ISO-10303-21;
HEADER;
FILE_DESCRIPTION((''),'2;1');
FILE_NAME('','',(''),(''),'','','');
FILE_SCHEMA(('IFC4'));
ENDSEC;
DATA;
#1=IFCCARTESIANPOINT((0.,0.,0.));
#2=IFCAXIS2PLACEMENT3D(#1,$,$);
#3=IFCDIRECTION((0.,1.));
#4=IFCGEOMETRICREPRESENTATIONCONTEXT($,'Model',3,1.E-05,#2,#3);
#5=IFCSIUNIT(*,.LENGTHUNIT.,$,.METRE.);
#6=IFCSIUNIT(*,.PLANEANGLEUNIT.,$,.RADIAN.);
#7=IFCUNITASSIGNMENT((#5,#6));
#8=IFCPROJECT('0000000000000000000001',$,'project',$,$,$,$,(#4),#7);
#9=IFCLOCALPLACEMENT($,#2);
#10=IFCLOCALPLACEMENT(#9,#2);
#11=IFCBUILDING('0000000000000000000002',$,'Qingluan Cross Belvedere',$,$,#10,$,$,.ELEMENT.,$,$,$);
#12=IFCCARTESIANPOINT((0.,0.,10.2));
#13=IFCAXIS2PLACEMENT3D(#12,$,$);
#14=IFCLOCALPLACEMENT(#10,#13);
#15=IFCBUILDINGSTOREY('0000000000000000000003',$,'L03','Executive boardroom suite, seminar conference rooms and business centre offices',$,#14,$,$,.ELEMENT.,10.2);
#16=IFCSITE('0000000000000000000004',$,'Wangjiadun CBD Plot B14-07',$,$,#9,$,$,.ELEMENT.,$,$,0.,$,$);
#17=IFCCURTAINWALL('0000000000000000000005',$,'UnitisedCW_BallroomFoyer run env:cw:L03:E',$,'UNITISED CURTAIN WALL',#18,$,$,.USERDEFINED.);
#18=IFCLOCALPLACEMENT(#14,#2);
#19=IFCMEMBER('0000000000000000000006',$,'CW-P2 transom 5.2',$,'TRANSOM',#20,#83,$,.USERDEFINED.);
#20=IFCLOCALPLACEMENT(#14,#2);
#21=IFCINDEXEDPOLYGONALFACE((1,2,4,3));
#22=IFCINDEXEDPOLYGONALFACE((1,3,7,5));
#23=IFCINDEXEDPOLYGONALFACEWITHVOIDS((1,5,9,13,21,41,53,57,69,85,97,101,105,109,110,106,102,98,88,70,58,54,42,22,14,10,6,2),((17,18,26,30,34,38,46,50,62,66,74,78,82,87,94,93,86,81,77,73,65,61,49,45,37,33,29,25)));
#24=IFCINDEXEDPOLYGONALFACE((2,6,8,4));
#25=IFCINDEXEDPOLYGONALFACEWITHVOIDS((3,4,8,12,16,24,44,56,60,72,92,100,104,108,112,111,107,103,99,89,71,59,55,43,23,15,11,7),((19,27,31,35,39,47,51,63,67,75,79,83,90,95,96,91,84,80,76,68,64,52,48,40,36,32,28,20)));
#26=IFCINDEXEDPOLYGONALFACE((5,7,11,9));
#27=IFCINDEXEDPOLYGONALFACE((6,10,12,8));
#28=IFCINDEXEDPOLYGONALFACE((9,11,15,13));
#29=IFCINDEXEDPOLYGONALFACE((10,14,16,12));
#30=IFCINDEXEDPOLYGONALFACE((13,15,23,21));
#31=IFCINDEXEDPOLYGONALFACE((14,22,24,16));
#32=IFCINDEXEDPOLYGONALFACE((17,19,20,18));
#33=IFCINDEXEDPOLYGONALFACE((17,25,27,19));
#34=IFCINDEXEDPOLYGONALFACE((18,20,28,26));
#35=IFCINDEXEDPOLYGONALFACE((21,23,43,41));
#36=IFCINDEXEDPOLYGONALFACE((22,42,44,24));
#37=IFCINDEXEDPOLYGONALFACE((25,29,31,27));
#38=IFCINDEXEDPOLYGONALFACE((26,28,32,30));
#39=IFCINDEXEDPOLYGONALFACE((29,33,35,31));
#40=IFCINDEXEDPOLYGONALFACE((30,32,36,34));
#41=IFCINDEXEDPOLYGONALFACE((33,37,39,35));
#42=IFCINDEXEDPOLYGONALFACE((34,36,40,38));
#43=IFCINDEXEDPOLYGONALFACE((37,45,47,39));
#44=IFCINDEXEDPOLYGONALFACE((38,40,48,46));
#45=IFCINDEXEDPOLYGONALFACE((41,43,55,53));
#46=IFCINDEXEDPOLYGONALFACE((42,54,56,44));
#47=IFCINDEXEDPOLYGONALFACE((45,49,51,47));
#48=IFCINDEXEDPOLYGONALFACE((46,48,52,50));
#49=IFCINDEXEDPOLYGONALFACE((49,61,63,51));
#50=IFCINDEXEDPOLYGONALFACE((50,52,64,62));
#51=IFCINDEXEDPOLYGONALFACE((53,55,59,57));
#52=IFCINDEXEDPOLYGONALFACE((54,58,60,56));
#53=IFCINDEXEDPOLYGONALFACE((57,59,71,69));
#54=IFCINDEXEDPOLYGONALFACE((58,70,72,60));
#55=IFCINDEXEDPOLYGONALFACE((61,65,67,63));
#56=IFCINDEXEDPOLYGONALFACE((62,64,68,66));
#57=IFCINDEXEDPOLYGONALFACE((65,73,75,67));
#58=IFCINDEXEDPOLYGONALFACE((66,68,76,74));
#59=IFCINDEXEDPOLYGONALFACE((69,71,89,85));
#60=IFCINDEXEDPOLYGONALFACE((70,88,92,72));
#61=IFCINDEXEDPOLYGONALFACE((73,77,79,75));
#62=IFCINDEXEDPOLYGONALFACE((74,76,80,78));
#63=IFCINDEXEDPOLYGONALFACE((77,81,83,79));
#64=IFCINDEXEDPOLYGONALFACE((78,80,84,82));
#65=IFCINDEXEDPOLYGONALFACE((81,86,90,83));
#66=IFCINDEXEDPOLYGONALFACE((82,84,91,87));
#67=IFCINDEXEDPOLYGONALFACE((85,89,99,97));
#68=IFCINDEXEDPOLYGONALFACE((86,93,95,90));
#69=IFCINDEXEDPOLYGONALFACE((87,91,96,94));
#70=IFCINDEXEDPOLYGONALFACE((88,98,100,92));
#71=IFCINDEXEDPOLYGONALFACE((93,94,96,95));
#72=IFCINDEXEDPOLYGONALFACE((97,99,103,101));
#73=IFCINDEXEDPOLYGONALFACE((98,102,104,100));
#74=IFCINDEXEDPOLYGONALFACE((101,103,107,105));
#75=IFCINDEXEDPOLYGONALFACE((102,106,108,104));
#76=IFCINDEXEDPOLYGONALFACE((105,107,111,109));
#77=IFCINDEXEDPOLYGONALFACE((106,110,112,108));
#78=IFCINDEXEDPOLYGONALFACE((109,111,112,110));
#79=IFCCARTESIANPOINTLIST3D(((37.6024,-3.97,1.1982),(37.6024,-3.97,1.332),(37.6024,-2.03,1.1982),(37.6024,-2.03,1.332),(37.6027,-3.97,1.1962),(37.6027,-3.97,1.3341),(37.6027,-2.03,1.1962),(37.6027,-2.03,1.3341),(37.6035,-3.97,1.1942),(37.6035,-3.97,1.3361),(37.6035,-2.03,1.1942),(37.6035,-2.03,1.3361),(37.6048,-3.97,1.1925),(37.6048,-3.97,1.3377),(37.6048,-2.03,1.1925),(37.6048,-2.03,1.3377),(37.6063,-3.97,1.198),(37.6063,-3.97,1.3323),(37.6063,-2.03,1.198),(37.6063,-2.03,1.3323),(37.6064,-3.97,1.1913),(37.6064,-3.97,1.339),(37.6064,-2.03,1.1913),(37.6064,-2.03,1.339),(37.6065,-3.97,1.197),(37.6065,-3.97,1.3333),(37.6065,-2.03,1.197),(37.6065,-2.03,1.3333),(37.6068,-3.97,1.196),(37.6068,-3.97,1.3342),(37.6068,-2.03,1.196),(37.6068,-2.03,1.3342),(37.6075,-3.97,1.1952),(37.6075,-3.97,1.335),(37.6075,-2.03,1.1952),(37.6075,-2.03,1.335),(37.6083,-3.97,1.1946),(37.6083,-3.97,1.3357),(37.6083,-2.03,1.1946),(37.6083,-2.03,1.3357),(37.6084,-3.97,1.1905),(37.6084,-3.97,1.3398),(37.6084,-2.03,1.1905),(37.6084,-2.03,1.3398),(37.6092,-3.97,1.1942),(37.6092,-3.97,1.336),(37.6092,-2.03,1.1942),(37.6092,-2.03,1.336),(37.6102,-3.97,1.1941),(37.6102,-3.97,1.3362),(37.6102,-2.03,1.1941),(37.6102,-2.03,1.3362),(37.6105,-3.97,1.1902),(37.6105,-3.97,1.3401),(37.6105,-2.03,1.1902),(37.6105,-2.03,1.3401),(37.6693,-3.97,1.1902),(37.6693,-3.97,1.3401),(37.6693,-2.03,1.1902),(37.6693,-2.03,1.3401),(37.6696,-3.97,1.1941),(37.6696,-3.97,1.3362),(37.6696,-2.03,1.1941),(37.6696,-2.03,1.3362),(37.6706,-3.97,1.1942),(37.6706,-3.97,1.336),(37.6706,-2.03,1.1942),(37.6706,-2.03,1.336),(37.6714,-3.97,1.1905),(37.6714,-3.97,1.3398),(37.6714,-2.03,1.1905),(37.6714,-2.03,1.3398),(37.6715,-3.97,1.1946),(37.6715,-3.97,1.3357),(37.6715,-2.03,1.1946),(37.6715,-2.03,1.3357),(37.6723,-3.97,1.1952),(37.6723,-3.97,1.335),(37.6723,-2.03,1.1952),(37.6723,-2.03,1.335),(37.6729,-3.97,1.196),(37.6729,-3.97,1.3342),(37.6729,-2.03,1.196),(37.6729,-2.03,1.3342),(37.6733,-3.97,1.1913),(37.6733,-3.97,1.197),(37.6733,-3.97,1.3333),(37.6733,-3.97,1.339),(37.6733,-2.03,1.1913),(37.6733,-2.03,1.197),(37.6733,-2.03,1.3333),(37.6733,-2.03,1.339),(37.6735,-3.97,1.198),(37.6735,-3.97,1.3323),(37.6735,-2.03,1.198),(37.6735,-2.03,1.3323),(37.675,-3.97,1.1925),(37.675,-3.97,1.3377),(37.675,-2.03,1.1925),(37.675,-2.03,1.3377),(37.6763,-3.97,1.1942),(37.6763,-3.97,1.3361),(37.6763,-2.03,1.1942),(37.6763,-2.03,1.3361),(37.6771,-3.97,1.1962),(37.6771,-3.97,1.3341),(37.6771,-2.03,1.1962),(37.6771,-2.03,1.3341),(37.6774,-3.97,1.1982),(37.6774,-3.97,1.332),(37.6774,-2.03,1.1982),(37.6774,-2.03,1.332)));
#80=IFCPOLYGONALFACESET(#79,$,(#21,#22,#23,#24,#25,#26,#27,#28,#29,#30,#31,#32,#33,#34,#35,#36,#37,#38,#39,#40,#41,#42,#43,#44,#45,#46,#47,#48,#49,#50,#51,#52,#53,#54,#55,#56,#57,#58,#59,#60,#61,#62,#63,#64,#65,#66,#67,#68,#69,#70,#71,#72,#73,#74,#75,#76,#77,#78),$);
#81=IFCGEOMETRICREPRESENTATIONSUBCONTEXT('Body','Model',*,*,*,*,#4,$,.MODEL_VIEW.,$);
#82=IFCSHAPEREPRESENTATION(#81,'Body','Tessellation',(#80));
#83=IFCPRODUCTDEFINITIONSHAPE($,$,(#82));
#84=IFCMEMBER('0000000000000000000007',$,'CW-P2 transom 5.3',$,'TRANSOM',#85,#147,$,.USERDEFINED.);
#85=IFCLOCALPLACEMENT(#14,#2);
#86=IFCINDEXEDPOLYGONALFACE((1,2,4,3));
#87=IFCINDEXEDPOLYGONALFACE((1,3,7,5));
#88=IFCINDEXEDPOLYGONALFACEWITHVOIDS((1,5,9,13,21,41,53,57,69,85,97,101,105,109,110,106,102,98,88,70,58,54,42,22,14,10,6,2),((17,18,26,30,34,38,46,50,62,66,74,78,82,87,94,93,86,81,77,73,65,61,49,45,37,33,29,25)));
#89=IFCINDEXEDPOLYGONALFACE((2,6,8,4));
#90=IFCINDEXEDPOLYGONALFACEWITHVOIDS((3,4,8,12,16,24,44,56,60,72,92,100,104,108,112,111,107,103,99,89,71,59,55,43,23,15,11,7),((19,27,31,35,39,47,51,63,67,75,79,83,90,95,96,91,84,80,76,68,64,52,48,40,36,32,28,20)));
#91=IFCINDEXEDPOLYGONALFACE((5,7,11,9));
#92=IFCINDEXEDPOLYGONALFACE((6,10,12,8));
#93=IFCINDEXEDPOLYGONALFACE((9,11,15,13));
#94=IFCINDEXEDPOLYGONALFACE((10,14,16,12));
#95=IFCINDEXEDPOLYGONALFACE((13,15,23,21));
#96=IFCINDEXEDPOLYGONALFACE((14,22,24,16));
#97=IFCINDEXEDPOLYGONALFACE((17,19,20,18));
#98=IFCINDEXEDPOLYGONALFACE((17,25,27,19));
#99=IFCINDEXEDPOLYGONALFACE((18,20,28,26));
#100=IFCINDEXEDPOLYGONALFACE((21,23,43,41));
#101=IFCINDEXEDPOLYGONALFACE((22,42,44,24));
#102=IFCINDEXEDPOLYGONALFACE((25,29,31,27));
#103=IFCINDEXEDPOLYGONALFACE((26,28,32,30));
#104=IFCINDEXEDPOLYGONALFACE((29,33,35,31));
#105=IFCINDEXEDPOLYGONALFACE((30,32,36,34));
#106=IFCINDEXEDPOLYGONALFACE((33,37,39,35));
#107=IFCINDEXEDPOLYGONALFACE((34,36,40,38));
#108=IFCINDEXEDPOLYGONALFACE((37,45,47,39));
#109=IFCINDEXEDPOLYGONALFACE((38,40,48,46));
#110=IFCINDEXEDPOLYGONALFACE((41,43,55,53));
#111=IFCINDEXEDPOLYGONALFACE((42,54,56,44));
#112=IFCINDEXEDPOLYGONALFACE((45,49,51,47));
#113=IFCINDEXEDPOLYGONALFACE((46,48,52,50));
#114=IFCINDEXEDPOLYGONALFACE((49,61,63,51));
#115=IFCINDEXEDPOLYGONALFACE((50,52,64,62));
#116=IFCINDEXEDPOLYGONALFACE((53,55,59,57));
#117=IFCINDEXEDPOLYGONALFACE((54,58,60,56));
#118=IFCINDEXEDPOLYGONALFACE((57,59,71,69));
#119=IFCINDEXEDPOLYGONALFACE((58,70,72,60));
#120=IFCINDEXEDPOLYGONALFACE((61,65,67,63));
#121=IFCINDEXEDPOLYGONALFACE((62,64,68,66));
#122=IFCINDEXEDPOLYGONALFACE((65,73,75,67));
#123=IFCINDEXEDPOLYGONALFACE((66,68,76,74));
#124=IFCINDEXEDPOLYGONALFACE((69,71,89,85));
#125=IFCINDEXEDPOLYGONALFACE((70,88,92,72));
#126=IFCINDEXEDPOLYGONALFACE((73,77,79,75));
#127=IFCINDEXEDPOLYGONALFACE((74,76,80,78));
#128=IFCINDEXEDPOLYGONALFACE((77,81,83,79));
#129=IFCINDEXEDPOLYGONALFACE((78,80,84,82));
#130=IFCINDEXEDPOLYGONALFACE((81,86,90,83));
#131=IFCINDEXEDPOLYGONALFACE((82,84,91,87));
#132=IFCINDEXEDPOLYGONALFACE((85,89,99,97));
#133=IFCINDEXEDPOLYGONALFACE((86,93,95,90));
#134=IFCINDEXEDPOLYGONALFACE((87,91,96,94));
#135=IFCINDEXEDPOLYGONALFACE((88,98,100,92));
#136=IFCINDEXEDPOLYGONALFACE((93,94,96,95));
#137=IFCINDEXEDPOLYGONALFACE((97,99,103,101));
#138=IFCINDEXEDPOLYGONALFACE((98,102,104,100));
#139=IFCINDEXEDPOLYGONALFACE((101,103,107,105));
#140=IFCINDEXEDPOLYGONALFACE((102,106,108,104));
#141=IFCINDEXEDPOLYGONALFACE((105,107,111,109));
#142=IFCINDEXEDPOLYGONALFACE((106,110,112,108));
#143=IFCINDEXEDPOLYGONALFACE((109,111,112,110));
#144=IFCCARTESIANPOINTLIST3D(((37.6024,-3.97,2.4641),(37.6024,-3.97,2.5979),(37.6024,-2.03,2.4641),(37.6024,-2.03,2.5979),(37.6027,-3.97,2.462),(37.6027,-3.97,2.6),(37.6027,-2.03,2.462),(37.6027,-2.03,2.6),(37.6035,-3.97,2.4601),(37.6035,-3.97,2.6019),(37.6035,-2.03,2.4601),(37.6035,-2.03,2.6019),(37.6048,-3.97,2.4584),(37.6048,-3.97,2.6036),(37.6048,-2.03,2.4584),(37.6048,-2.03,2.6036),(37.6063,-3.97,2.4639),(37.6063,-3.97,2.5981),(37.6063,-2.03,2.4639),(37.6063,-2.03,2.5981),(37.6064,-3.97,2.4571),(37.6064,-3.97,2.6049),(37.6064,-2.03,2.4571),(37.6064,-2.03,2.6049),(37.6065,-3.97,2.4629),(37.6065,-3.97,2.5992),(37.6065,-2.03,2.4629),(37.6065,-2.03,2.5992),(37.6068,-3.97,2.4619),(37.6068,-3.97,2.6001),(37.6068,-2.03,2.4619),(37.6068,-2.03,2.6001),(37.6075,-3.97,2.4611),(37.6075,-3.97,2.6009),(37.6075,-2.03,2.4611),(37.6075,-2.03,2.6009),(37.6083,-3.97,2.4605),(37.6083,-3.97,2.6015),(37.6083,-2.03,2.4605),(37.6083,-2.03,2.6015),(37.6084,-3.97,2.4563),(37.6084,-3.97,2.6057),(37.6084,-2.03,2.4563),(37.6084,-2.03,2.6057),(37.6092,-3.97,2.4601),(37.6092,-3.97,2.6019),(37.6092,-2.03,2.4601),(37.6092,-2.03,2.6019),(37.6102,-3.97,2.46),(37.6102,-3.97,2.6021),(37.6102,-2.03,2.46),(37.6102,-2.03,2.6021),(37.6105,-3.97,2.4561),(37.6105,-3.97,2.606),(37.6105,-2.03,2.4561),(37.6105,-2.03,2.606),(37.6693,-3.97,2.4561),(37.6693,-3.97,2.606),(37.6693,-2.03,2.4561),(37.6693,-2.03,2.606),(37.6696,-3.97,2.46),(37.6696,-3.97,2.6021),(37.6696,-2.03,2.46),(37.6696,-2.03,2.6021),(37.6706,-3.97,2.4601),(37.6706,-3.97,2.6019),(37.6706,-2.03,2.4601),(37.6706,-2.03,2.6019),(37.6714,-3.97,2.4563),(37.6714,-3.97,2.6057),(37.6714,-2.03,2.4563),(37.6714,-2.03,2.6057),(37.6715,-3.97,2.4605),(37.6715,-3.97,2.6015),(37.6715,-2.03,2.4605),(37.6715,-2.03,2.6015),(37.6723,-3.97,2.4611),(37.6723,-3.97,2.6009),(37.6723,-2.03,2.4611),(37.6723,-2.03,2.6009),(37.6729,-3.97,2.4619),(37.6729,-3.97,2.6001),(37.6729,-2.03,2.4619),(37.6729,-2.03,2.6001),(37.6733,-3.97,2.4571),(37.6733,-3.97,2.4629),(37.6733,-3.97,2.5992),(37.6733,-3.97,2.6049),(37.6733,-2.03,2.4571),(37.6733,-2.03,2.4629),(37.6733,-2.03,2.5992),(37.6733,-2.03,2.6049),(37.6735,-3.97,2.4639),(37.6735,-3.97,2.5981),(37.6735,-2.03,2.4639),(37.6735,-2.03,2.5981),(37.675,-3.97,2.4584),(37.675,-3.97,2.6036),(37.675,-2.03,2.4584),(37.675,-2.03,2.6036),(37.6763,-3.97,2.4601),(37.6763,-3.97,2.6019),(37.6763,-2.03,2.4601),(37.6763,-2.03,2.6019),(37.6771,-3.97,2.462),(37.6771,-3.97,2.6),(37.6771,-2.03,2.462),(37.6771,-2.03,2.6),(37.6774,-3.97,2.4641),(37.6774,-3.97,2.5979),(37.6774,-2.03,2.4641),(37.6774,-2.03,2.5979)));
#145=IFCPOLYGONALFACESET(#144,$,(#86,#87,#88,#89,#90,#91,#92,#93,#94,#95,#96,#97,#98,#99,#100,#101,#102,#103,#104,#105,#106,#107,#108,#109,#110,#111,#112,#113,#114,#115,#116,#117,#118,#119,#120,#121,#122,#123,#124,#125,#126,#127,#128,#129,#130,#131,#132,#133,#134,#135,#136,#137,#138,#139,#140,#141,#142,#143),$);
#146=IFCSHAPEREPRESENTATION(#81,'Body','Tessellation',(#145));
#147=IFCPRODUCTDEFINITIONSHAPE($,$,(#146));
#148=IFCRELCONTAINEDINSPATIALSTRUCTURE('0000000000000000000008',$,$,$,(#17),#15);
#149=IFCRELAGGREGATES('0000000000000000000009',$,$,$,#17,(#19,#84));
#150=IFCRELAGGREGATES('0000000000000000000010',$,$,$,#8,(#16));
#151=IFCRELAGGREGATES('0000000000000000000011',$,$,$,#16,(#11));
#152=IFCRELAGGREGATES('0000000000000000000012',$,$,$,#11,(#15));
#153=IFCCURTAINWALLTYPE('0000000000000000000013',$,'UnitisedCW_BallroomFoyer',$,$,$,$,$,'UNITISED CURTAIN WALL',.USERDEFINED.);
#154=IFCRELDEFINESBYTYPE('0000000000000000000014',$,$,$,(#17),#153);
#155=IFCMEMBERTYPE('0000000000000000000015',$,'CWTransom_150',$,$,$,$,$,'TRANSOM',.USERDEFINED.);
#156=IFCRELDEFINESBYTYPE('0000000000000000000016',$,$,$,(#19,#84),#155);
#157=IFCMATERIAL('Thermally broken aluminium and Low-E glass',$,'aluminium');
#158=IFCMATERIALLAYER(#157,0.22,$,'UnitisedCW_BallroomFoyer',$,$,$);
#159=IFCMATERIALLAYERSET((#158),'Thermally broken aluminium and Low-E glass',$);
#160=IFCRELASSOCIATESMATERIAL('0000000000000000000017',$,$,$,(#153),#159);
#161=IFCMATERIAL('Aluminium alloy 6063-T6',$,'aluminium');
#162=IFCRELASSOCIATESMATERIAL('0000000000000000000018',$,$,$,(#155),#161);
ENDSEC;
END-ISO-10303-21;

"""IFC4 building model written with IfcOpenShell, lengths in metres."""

from ifc_helpers import new_model, si_unit, direction, frame, origin, origin_2d, place, context, subcontext, project, spatial, hollow_rectangle, extrude, material, layer, layer_set, material_profile, profile_set, type_object, element, aggregate, save


model = new_model("IFC4")

# Units and contexts
model_context = context("Model", 3, precision=1e-05, world=origin(), true_north=direction((0.0, 1.0)))
body_context = subcontext(model_context, "Body", "Model", "MODEL_VIEW")
ifc_project = project(units=[si_unit("LENGTHUNIT", "METRE"), si_unit("PLANEANGLEUNIT", "RADIAN")], contexts=[model_context])

# Site, building, storey
site_placement = place(None, origin())
site = spatial("IfcSite", under=ifc_project, at=site_placement, Name="Wangjiadun CBD Plot B14-07", CompositionType="ELEMENT", RefElevation=0.0)
building_placement = place(site_placement, origin())
building = spatial("IfcBuilding", under=site, at=building_placement, Name="Qingluan Cross Belvedere", CompositionType="ELEMENT")
storey_placement = place(building_placement, frame((0.0, 0.0, 10.2)))
storey = spatial("IfcBuildingStorey", under=building, at=storey_placement, Name="L03", Description="Executive boardroom suite, seminar conference rooms and business centre offices", CompositionType="ELEMENT", Elevation=10.2)

# Curtain wall, members
ifc_material_1 = material(Name="Thermally broken aluminium and Low-E glass", Category="aluminium")
ifc_layer_1 = layer(ifc_material_1, 0.22, Name="UnitisedCW_BallroomFoyer")
ifc_layer_set_1 = layer_set([ifc_layer_1], Name="Thermally broken aluminium and Low-E glass")
curtain_wall_type = type_object("IfcCurtainWallType", Name="UnitisedCW_BallroomFoyer", ElementType="UNITISED CURTAIN WALL", PredefinedType="USERDEFINED", material=ifc_layer_set_1)
curtain_wall_placement = place(storey_placement, origin())
curtain_wall = element("IfcCurtainWall", 1, at=curtain_wall_placement, inside=storey, type_object=curtain_wall_type, Name="UnitisedCW_BallroomFoyer run env:cw:L03:E", ObjectType="UNITISED CURTAIN WALL", PredefinedType="USERDEFINED")
ifc_material_2 = material(Name="Aluminium alloy 6063-T6", Category="aluminium")
ifc_material_profile_1 = material_profile(ifc_material_2, hollow_rectangle(XDim=0.075, YDim=0.1499, WallThickness=0.0039, InnerFilletRadius=0.0039, OuterFilletRadius=0.0081, at=origin_2d()), Name="CWT150x75x4")
ifc_profile_set_1 = profile_set([ifc_material_profile_1], Name="Aluminium alloy 6063-T6")
member_type_1 = type_object("IfcMemberType", Name="CWTransom_150", ElementType="TRANSOM", PredefinedType="USERDEFINED", material=ifc_profile_set_1)
member_1_placement = place(storey_placement, frame((37.6399, -2.03, 1.2651), z_axis=(0.0, -1.0, 0.0), x_axis=(1.0, 0.0, 0.0)))
member_1 = element("IfcMember", 2, at=member_1_placement, type_object=member_type_1, Name="CW-P2 transom 5.2", ObjectType="TRANSOM", PredefinedType="USERDEFINED", context=body_context, shape_type="SweptSolid", body=[
    extrude(hollow_rectangle(XDim=0.075, YDim=0.1499, WallThickness=0.0039, InnerFilletRadius=0.0039, OuterFilletRadius=0.0081, at=origin_2d()), origin(), (0.0, 0.0, 1.0), 1.9399),
])
member_2_placement = place(storey_placement, frame((37.6399, -2.03, 2.531), z_axis=(0.0, -1.0, 0.0), x_axis=(1.0, 0.0, 0.0)))
member_2 = element("IfcMember", 3, at=member_2_placement, type_object=member_type_1, Name="CW-P2 transom 5.3", ObjectType="TRANSOM", PredefinedType="USERDEFINED", context=body_context, shape_type="SweptSolid", body=[
    extrude(hollow_rectangle(XDim=0.075, YDim=0.1499, WallThickness=0.0039, InnerFilletRadius=0.0039, OuterFilletRadius=0.0081, at=origin_2d()), origin(), (0.0, 0.0, 1.0), 1.9399),
])
aggregate(curtain_wall, [member_1, member_2])

save(model, "model.ifc")
